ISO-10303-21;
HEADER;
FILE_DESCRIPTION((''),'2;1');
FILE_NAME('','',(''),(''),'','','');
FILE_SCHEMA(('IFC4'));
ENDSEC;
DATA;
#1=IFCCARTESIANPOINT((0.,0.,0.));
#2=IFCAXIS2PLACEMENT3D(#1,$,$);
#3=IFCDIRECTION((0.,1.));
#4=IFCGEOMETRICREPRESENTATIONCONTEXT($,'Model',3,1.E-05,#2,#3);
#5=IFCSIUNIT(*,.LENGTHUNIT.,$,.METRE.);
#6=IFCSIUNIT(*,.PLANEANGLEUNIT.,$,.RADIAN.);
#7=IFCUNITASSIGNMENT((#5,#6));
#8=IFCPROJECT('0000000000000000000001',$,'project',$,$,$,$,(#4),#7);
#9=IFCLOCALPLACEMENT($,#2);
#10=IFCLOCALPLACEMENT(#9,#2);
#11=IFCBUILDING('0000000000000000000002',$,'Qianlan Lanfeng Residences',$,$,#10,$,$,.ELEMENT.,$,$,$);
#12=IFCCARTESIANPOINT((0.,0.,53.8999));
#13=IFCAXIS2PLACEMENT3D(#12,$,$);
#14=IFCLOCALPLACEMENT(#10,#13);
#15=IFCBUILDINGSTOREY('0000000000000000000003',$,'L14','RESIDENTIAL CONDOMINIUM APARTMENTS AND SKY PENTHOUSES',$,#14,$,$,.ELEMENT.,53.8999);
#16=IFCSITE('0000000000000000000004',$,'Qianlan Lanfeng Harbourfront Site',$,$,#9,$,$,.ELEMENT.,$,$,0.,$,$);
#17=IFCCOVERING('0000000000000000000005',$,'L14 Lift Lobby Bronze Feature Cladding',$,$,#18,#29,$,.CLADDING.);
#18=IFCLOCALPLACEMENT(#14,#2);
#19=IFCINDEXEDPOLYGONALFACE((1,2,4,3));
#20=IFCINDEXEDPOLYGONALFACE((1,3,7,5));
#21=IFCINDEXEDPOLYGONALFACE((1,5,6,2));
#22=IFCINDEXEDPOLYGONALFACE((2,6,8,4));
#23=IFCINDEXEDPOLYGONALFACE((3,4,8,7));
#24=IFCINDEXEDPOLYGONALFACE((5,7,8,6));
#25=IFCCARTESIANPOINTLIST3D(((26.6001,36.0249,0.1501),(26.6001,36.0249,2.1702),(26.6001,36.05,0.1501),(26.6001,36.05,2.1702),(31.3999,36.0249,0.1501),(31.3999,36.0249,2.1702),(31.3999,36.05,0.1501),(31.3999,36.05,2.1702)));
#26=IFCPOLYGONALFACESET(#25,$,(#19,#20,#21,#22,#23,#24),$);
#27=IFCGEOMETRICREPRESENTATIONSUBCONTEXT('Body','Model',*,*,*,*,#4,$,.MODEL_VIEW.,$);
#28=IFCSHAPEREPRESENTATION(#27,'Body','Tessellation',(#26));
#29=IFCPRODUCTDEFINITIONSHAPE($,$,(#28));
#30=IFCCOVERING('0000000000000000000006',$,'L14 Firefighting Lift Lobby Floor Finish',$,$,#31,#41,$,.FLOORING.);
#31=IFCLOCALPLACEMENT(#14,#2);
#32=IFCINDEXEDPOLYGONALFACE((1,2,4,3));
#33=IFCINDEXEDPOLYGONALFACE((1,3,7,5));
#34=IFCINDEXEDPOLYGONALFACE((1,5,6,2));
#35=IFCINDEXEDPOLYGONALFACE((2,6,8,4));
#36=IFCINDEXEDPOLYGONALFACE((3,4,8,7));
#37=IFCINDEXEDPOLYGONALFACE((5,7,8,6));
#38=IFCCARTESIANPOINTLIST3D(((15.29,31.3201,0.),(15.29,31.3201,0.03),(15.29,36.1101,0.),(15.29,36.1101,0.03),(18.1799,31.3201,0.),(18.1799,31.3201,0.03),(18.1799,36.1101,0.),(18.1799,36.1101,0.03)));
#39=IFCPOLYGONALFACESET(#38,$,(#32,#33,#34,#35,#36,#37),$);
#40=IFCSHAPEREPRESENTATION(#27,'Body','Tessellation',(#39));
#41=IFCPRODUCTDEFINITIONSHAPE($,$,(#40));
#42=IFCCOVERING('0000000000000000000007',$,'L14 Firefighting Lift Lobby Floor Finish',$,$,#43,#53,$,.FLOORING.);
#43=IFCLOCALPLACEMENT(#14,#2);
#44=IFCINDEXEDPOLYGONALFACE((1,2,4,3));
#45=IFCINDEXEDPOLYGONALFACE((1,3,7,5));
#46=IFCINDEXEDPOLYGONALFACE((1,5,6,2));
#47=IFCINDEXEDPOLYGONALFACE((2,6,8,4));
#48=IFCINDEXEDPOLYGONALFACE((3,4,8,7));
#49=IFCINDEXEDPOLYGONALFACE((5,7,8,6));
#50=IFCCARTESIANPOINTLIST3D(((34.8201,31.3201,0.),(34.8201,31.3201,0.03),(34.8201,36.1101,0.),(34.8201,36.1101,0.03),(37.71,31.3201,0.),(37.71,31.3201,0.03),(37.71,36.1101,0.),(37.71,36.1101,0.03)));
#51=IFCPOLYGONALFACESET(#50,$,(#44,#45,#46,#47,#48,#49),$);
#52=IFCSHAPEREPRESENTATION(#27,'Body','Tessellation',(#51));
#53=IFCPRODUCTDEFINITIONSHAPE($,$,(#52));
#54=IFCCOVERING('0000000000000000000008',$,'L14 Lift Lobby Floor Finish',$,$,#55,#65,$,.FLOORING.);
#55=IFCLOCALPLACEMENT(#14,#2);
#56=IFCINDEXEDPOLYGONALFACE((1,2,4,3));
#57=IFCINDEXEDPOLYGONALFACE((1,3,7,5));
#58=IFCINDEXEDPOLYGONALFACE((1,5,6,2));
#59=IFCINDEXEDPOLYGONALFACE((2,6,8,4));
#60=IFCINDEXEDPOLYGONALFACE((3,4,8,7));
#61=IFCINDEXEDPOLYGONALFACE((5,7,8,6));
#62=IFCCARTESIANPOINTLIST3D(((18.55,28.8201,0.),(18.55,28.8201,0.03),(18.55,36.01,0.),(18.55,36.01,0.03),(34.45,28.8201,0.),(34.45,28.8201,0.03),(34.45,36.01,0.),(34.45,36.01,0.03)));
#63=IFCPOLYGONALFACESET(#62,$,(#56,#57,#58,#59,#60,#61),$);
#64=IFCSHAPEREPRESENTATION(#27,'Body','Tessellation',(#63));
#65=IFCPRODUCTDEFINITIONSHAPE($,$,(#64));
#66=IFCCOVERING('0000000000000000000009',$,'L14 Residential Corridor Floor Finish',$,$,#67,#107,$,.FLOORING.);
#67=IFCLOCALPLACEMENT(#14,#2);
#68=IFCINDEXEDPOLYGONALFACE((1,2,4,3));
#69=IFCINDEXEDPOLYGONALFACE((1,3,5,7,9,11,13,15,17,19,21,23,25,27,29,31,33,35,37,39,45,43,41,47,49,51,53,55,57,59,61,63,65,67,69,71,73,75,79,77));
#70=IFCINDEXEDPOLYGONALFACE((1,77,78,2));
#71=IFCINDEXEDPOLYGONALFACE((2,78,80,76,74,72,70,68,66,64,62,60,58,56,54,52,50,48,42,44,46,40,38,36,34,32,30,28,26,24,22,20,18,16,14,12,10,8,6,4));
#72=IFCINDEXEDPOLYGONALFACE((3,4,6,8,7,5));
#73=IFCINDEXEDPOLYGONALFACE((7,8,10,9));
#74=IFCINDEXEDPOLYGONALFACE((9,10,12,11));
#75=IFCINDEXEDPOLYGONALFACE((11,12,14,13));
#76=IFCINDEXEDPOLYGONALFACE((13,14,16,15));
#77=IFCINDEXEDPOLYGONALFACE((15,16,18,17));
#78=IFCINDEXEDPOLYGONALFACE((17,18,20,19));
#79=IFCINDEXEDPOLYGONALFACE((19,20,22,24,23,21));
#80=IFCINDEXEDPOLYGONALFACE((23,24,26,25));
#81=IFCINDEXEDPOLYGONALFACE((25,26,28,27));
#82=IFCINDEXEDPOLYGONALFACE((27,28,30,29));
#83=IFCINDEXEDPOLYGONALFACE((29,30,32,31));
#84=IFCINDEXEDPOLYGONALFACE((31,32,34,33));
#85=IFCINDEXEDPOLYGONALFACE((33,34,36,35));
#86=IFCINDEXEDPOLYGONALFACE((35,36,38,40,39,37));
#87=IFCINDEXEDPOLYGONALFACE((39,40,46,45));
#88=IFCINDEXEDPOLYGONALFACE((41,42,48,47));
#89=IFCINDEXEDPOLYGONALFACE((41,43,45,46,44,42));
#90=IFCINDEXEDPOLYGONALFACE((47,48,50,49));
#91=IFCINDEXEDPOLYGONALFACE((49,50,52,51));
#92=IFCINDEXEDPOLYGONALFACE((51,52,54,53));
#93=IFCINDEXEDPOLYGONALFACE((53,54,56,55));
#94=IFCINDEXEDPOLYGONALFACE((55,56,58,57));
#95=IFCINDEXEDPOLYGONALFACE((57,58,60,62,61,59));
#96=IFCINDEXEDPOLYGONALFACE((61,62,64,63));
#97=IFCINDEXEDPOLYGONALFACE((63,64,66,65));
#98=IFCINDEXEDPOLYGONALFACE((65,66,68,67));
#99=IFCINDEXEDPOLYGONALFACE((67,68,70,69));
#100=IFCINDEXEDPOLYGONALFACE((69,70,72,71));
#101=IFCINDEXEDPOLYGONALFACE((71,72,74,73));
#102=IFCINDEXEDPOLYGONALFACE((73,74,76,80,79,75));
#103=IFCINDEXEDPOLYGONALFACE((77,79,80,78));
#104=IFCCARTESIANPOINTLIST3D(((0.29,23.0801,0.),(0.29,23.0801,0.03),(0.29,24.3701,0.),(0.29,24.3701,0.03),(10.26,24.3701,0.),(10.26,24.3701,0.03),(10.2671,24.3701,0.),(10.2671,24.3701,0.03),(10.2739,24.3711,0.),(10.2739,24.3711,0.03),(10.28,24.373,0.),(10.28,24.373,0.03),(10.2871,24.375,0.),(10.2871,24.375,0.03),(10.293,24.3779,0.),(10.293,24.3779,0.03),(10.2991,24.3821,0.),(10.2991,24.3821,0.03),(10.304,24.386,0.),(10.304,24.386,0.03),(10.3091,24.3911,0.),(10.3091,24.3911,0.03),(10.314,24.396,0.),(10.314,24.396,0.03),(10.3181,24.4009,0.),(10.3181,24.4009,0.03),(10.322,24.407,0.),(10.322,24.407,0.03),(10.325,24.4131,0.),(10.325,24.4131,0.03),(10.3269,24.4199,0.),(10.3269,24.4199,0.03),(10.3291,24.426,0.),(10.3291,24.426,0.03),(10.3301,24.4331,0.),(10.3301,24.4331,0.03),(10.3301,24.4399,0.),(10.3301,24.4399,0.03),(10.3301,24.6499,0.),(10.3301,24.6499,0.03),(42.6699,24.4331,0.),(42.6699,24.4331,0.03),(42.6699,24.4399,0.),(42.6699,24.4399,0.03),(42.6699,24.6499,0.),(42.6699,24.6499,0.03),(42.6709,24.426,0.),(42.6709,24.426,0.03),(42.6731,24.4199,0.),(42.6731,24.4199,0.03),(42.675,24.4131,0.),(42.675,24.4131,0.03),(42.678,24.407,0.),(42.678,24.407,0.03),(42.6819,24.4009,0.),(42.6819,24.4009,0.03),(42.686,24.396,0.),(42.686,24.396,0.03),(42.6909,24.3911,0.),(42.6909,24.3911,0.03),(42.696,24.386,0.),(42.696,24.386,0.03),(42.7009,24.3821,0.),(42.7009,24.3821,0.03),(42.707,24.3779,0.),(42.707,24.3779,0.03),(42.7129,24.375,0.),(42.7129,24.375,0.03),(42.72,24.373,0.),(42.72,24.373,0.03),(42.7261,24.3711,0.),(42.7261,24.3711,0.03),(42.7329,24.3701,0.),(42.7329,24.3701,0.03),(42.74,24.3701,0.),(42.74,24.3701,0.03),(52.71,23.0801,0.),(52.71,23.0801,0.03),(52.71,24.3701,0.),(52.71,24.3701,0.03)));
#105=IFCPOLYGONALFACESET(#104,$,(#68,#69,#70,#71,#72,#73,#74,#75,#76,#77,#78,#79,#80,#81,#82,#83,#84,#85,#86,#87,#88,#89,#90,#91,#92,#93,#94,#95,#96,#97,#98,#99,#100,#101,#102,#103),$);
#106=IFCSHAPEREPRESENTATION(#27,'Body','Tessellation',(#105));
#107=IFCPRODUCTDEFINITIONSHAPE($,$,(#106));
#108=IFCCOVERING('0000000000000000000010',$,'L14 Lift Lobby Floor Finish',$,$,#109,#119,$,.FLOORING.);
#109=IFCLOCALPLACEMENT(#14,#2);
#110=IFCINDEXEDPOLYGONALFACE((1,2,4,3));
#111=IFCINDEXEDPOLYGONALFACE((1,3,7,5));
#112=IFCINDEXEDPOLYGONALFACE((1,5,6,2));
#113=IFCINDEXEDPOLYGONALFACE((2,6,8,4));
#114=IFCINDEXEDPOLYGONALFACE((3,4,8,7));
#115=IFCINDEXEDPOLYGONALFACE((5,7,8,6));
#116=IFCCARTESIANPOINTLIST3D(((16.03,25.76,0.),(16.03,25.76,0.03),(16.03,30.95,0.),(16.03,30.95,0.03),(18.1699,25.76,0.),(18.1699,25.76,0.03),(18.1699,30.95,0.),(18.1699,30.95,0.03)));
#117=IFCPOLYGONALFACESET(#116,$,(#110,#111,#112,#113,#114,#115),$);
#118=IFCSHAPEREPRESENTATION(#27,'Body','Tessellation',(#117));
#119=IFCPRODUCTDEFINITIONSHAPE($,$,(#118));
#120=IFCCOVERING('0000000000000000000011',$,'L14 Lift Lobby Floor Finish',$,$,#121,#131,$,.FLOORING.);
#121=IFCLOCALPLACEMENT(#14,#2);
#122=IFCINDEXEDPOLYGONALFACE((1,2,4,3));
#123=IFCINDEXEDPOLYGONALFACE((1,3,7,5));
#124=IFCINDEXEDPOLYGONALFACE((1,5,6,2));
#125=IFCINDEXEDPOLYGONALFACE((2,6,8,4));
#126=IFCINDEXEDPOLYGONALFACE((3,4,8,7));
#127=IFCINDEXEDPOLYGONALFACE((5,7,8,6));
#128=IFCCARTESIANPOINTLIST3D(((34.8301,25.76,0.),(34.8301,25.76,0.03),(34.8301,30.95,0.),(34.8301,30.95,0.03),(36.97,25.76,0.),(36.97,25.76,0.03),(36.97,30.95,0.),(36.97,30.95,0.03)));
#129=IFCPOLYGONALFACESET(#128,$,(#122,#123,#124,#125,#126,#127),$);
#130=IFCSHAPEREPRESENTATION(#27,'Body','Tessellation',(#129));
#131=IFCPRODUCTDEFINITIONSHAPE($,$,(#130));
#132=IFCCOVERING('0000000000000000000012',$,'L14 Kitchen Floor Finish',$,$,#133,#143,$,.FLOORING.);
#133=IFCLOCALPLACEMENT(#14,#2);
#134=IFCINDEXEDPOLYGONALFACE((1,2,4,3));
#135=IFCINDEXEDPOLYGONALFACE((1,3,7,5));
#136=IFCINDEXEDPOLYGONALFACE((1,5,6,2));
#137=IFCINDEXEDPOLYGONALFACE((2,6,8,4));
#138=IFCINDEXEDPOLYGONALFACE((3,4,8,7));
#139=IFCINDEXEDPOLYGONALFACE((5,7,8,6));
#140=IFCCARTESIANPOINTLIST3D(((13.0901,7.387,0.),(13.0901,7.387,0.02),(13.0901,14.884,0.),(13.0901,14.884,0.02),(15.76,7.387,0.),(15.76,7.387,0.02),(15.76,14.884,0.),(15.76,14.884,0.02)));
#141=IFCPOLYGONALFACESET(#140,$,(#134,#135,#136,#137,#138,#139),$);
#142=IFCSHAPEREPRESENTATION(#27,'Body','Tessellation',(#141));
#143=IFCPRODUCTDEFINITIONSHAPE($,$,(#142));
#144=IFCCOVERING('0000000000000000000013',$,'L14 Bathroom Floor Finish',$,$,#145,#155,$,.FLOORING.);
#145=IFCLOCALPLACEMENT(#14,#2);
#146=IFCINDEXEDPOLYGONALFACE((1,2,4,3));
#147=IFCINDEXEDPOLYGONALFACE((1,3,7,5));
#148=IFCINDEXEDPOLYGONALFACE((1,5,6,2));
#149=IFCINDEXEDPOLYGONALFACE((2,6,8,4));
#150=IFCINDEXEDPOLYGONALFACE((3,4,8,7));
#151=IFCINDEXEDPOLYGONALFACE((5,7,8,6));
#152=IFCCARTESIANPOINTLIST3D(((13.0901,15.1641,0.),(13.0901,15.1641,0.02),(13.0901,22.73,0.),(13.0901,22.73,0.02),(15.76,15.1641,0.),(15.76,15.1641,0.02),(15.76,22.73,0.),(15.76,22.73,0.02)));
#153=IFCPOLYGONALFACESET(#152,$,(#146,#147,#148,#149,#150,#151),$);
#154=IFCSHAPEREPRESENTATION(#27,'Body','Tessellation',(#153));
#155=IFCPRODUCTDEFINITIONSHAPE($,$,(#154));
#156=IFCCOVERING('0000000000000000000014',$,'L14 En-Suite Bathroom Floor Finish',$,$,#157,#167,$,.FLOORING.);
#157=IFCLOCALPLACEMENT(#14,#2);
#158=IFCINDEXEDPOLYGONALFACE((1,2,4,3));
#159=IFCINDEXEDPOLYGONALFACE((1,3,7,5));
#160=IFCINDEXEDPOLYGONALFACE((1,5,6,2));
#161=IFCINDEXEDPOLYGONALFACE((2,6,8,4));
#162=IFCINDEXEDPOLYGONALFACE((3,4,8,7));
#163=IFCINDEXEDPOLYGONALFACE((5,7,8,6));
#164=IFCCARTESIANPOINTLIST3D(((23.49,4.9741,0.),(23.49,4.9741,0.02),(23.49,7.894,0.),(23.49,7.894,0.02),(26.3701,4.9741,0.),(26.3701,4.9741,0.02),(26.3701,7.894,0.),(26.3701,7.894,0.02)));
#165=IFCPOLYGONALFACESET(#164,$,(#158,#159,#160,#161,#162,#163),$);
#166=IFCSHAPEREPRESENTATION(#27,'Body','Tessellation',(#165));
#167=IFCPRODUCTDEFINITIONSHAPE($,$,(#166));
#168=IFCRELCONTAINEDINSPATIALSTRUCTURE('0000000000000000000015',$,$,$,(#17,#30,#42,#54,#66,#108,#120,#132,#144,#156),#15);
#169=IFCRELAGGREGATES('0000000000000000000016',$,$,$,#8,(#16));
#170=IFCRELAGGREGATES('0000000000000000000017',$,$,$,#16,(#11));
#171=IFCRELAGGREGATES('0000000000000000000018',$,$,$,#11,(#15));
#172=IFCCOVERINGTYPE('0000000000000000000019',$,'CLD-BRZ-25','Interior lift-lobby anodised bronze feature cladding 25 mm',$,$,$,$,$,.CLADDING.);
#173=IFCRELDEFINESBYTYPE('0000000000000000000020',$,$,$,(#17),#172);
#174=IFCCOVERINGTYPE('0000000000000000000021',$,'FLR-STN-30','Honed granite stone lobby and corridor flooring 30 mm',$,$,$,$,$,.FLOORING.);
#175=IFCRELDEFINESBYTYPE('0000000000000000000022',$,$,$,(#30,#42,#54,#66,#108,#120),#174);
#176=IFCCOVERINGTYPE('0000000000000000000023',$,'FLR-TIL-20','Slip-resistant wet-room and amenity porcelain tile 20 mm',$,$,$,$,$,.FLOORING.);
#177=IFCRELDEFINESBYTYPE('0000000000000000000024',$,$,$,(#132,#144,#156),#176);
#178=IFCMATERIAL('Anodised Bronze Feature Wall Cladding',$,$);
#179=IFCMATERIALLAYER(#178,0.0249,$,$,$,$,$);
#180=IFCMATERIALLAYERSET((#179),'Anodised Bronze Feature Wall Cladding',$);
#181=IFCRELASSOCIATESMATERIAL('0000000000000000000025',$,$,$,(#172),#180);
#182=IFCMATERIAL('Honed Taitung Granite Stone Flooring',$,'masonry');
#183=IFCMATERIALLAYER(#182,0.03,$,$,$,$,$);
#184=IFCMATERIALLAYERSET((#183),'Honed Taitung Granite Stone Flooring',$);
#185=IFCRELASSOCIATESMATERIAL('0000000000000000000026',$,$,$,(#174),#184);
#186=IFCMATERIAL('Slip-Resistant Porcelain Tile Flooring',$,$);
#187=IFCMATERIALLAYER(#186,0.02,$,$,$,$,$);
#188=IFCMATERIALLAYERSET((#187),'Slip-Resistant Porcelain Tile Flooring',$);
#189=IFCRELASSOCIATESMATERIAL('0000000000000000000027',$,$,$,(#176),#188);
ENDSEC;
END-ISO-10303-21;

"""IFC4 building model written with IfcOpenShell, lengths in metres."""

from ifc_helpers import new_model, si_unit, direction, frame, origin, place, context, subcontext, project, spatial, polyline, outline, extrude, material, layer, layer_set, type_object, element, save


model = new_model("IFC4")

# Units and contexts
model_context = context("Model", 3, precision=1e-05, world=origin(), true_north=direction((0.0, 1.0)))
body_context = subcontext(model_context, "Body", "Model", "MODEL_VIEW")
ifc_project = project(units=[si_unit("LENGTHUNIT", "METRE"), si_unit("PLANEANGLEUNIT", "RADIAN")], contexts=[model_context])

# Site, building, storey
site_placement = place(None, origin())
site = spatial("IfcSite", under=ifc_project, at=site_placement, Name="Qianlan Lanfeng Harbourfront Site", CompositionType="ELEMENT", RefElevation=0.0)
building_placement = place(site_placement, origin())
building = spatial("IfcBuilding", under=site, at=building_placement, Name="Qianlan Lanfeng Residences", CompositionType="ELEMENT")
storey_placement = place(building_placement, frame((0.0, 0.0, 53.8999)))
storey = spatial("IfcBuildingStorey", under=building, at=storey_placement, Name="L14", Description="RESIDENTIAL CONDOMINIUM APARTMENTS AND SKY PENTHOUSES", CompositionType="ELEMENT", Elevation=53.8999)

# Coverings
ifc_material_1 = material(Name="Anodised Bronze Feature Wall Cladding")
ifc_layer_1 = layer(ifc_material_1, 0.0249)
ifc_layer_set_1 = layer_set([ifc_layer_1], Name="Anodised Bronze Feature Wall Cladding")
covering_type_1 = type_object("IfcCoveringType", Name="CLD-BRZ-25", Description="Interior lift-lobby anodised bronze feature cladding 25 mm", PredefinedType="CLADDING", material=ifc_layer_set_1)
covering_1_placement = place(storey_placement, frame((0.0, 0.0, 0.1501)))
element("IfcCovering", 1, at=covering_1_placement, inside=storey, type_object=covering_type_1, Name="L14 Lift Lobby Bronze Feature Cladding", PredefinedType="CLADDING", context=body_context, shape_type="SweptSolid", body=[
    extrude(outline(polyline([(26.6001, 36.0249), (31.3999, 36.0249), (31.3999, 36.05), (26.6001, 36.05), (26.6001, 36.0249)])), origin(), (0.0, 0.0, 1.0), 2.02),
])
ifc_material_2 = material(Name="Honed Taitung Granite Stone Flooring", Category="masonry")
ifc_layer_2 = layer(ifc_material_2, 0.03)
ifc_layer_set_2 = layer_set([ifc_layer_2], Name="Honed Taitung Granite Stone Flooring")
covering_type_2 = type_object("IfcCoveringType", Name="FLR-STN-30", Description="Honed granite stone lobby and corridor flooring 30 mm", PredefinedType="FLOORING", material=ifc_layer_set_2)
covering_2_placement = place(storey_placement, origin())
element("IfcCovering", 2, at=covering_2_placement, inside=storey, type_object=covering_type_2, Name="L14 Firefighting Lift Lobby Floor Finish", PredefinedType="FLOORING", context=body_context, shape_type="SweptSolid", body=[
    extrude(outline(polyline([(15.29, 31.3201), (18.1799, 31.3201), (18.1799, 36.1101), (15.29, 36.1101), (15.29, 31.3201)])), origin(), (0.0, 0.0, 1.0), 0.03),
])
covering_3_placement = place(storey_placement, origin())
element("IfcCovering", 3, at=covering_3_placement, inside=storey, type_object=covering_type_2, Name="L14 Firefighting Lift Lobby Floor Finish", PredefinedType="FLOORING", context=body_context, shape_type="SweptSolid", body=[
    extrude(outline(polyline([(34.8201, 31.3201), (37.71, 31.3201), (37.71, 36.1101), (34.8201, 36.1101), (34.8201, 31.3201)])), origin(), (0.0, 0.0, 1.0), 0.03),
])
covering_4_placement = place(storey_placement, origin())
element("IfcCovering", 4, at=covering_4_placement, inside=storey, type_object=covering_type_2, Name="L14 Lift Lobby Floor Finish", PredefinedType="FLOORING", context=body_context, shape_type="SweptSolid", body=[
    extrude(outline(polyline([(18.55, 28.8201), (34.45, 28.8201), (34.45, 36.01), (18.55, 36.01), (18.55, 28.8201)])), origin(), (0.0, 0.0, 1.0), 0.03),
])
covering_5_placement = place(storey_placement, origin())
element("IfcCovering", 5, at=covering_5_placement, inside=storey, type_object=covering_type_2, Name="L14 Residential Corridor Floor Finish", PredefinedType="FLOORING", context=body_context, shape_type="SweptSolid", body=[
    extrude(outline(polyline([(0.29, 23.0801), (52.71, 23.0801), (52.71, 24.3701), (42.74, 24.3701), (42.7329, 24.3701), (42.7261, 24.3711), (42.72, 24.373), (42.7129, 24.375), (42.707, 24.3779), (42.7009, 24.3821), (42.696, 24.386), (42.6909, 24.3911), (42.686, 24.396), (42.6819, 24.4009), (42.678, 24.407), (42.675, 24.4131), (42.6731, 24.4199), (42.6709, 24.426), (42.6699, 24.4331), (42.6699, 24.4399), (42.6699, 24.6499), (10.3301, 24.6499), (10.3301, 24.4399), (10.3301, 24.4331), (10.3291, 24.426), (10.3269, 24.4199), (10.325, 24.4131), (10.322, 24.407), (10.3181, 24.4009), (10.314, 24.396), (10.3091, 24.3911), (10.304, 24.386), (10.2991, 24.3821), (10.293, 24.3779), (10.2871, 24.375), (10.28, 24.373), (10.2739, 24.3711), (10.2671, 24.3701), (10.26, 24.3701), (0.29, 24.3701), (0.29, 23.0801)])), origin(), (0.0, 0.0, 1.0), 0.03),
])
covering_6_placement = place(storey_placement, origin())
element("IfcCovering", 6, at=covering_6_placement, inside=storey, type_object=covering_type_2, Name="L14 Lift Lobby Floor Finish", PredefinedType="FLOORING", context=body_context, shape_type="SweptSolid", body=[
    extrude(outline(polyline([(16.03, 25.76), (18.1699, 25.76), (18.1699, 30.95), (16.03, 30.95), (16.03, 25.76)])), origin(), (0.0, 0.0, 1.0), 0.03),
])
covering_7_placement = place(storey_placement, origin())
element("IfcCovering", 7, at=covering_7_placement, inside=storey, type_object=covering_type_2, Name="L14 Lift Lobby Floor Finish", PredefinedType="FLOORING", context=body_context, shape_type="SweptSolid", body=[
    extrude(outline(polyline([(34.8301, 25.76), (36.97, 25.76), (36.97, 30.95), (34.8301, 30.95), (34.8301, 25.76)])), origin(), (0.0, 0.0, 1.0), 0.03),
])
ifc_material_3 = material(Name="Slip-Resistant Porcelain Tile Flooring")
ifc_layer_3 = layer(ifc_material_3, 0.02)
ifc_layer_set_3 = layer_set([ifc_layer_3], Name="Slip-Resistant Porcelain Tile Flooring")
covering_type_3 = type_object("IfcCoveringType", Name="FLR-TIL-20", Description="Slip-resistant wet-room and amenity porcelain tile 20 mm", PredefinedType="FLOORING", material=ifc_layer_set_3)
covering_8_placement = place(storey_placement, origin())
element("IfcCovering", 8, at=covering_8_placement, inside=storey, type_object=covering_type_3, Name="L14 Kitchen Floor Finish", PredefinedType="FLOORING", context=body_context, shape_type="SweptSolid", body=[
    extrude(outline(polyline([(13.0901, 7.387), (15.76, 7.387), (15.76, 14.884), (13.0901, 14.884), (13.0901, 7.387)])), origin(), (0.0, 0.0, 1.0), 0.02),
])
covering_9_placement = place(storey_placement, origin())
element("IfcCovering", 9, at=covering_9_placement, inside=storey, type_object=covering_type_3, Name="L14 Bathroom Floor Finish", PredefinedType="FLOORING", context=body_context, shape_type="SweptSolid", body=[
    extrude(outline(polyline([(13.0901, 15.1641), (15.76, 15.1641), (15.76, 22.73), (13.0901, 22.73), (13.0901, 15.1641)])), origin(), (0.0, 0.0, 1.0), 0.02),
])
covering_10_placement = place(storey_placement, origin())
element("IfcCovering", 10, at=covering_10_placement, inside=storey, type_object=covering_type_3, Name="L14 En-Suite Bathroom Floor Finish", PredefinedType="FLOORING", context=body_context, shape_type="SweptSolid", body=[
    extrude(outline(polyline([(23.49, 4.9741), (26.3701, 4.9741), (26.3701, 7.894), (23.49, 7.894), (23.49, 4.9741)])), origin(), (0.0, 0.0, 1.0), 0.02),
])

save(model, "model.ifc")
